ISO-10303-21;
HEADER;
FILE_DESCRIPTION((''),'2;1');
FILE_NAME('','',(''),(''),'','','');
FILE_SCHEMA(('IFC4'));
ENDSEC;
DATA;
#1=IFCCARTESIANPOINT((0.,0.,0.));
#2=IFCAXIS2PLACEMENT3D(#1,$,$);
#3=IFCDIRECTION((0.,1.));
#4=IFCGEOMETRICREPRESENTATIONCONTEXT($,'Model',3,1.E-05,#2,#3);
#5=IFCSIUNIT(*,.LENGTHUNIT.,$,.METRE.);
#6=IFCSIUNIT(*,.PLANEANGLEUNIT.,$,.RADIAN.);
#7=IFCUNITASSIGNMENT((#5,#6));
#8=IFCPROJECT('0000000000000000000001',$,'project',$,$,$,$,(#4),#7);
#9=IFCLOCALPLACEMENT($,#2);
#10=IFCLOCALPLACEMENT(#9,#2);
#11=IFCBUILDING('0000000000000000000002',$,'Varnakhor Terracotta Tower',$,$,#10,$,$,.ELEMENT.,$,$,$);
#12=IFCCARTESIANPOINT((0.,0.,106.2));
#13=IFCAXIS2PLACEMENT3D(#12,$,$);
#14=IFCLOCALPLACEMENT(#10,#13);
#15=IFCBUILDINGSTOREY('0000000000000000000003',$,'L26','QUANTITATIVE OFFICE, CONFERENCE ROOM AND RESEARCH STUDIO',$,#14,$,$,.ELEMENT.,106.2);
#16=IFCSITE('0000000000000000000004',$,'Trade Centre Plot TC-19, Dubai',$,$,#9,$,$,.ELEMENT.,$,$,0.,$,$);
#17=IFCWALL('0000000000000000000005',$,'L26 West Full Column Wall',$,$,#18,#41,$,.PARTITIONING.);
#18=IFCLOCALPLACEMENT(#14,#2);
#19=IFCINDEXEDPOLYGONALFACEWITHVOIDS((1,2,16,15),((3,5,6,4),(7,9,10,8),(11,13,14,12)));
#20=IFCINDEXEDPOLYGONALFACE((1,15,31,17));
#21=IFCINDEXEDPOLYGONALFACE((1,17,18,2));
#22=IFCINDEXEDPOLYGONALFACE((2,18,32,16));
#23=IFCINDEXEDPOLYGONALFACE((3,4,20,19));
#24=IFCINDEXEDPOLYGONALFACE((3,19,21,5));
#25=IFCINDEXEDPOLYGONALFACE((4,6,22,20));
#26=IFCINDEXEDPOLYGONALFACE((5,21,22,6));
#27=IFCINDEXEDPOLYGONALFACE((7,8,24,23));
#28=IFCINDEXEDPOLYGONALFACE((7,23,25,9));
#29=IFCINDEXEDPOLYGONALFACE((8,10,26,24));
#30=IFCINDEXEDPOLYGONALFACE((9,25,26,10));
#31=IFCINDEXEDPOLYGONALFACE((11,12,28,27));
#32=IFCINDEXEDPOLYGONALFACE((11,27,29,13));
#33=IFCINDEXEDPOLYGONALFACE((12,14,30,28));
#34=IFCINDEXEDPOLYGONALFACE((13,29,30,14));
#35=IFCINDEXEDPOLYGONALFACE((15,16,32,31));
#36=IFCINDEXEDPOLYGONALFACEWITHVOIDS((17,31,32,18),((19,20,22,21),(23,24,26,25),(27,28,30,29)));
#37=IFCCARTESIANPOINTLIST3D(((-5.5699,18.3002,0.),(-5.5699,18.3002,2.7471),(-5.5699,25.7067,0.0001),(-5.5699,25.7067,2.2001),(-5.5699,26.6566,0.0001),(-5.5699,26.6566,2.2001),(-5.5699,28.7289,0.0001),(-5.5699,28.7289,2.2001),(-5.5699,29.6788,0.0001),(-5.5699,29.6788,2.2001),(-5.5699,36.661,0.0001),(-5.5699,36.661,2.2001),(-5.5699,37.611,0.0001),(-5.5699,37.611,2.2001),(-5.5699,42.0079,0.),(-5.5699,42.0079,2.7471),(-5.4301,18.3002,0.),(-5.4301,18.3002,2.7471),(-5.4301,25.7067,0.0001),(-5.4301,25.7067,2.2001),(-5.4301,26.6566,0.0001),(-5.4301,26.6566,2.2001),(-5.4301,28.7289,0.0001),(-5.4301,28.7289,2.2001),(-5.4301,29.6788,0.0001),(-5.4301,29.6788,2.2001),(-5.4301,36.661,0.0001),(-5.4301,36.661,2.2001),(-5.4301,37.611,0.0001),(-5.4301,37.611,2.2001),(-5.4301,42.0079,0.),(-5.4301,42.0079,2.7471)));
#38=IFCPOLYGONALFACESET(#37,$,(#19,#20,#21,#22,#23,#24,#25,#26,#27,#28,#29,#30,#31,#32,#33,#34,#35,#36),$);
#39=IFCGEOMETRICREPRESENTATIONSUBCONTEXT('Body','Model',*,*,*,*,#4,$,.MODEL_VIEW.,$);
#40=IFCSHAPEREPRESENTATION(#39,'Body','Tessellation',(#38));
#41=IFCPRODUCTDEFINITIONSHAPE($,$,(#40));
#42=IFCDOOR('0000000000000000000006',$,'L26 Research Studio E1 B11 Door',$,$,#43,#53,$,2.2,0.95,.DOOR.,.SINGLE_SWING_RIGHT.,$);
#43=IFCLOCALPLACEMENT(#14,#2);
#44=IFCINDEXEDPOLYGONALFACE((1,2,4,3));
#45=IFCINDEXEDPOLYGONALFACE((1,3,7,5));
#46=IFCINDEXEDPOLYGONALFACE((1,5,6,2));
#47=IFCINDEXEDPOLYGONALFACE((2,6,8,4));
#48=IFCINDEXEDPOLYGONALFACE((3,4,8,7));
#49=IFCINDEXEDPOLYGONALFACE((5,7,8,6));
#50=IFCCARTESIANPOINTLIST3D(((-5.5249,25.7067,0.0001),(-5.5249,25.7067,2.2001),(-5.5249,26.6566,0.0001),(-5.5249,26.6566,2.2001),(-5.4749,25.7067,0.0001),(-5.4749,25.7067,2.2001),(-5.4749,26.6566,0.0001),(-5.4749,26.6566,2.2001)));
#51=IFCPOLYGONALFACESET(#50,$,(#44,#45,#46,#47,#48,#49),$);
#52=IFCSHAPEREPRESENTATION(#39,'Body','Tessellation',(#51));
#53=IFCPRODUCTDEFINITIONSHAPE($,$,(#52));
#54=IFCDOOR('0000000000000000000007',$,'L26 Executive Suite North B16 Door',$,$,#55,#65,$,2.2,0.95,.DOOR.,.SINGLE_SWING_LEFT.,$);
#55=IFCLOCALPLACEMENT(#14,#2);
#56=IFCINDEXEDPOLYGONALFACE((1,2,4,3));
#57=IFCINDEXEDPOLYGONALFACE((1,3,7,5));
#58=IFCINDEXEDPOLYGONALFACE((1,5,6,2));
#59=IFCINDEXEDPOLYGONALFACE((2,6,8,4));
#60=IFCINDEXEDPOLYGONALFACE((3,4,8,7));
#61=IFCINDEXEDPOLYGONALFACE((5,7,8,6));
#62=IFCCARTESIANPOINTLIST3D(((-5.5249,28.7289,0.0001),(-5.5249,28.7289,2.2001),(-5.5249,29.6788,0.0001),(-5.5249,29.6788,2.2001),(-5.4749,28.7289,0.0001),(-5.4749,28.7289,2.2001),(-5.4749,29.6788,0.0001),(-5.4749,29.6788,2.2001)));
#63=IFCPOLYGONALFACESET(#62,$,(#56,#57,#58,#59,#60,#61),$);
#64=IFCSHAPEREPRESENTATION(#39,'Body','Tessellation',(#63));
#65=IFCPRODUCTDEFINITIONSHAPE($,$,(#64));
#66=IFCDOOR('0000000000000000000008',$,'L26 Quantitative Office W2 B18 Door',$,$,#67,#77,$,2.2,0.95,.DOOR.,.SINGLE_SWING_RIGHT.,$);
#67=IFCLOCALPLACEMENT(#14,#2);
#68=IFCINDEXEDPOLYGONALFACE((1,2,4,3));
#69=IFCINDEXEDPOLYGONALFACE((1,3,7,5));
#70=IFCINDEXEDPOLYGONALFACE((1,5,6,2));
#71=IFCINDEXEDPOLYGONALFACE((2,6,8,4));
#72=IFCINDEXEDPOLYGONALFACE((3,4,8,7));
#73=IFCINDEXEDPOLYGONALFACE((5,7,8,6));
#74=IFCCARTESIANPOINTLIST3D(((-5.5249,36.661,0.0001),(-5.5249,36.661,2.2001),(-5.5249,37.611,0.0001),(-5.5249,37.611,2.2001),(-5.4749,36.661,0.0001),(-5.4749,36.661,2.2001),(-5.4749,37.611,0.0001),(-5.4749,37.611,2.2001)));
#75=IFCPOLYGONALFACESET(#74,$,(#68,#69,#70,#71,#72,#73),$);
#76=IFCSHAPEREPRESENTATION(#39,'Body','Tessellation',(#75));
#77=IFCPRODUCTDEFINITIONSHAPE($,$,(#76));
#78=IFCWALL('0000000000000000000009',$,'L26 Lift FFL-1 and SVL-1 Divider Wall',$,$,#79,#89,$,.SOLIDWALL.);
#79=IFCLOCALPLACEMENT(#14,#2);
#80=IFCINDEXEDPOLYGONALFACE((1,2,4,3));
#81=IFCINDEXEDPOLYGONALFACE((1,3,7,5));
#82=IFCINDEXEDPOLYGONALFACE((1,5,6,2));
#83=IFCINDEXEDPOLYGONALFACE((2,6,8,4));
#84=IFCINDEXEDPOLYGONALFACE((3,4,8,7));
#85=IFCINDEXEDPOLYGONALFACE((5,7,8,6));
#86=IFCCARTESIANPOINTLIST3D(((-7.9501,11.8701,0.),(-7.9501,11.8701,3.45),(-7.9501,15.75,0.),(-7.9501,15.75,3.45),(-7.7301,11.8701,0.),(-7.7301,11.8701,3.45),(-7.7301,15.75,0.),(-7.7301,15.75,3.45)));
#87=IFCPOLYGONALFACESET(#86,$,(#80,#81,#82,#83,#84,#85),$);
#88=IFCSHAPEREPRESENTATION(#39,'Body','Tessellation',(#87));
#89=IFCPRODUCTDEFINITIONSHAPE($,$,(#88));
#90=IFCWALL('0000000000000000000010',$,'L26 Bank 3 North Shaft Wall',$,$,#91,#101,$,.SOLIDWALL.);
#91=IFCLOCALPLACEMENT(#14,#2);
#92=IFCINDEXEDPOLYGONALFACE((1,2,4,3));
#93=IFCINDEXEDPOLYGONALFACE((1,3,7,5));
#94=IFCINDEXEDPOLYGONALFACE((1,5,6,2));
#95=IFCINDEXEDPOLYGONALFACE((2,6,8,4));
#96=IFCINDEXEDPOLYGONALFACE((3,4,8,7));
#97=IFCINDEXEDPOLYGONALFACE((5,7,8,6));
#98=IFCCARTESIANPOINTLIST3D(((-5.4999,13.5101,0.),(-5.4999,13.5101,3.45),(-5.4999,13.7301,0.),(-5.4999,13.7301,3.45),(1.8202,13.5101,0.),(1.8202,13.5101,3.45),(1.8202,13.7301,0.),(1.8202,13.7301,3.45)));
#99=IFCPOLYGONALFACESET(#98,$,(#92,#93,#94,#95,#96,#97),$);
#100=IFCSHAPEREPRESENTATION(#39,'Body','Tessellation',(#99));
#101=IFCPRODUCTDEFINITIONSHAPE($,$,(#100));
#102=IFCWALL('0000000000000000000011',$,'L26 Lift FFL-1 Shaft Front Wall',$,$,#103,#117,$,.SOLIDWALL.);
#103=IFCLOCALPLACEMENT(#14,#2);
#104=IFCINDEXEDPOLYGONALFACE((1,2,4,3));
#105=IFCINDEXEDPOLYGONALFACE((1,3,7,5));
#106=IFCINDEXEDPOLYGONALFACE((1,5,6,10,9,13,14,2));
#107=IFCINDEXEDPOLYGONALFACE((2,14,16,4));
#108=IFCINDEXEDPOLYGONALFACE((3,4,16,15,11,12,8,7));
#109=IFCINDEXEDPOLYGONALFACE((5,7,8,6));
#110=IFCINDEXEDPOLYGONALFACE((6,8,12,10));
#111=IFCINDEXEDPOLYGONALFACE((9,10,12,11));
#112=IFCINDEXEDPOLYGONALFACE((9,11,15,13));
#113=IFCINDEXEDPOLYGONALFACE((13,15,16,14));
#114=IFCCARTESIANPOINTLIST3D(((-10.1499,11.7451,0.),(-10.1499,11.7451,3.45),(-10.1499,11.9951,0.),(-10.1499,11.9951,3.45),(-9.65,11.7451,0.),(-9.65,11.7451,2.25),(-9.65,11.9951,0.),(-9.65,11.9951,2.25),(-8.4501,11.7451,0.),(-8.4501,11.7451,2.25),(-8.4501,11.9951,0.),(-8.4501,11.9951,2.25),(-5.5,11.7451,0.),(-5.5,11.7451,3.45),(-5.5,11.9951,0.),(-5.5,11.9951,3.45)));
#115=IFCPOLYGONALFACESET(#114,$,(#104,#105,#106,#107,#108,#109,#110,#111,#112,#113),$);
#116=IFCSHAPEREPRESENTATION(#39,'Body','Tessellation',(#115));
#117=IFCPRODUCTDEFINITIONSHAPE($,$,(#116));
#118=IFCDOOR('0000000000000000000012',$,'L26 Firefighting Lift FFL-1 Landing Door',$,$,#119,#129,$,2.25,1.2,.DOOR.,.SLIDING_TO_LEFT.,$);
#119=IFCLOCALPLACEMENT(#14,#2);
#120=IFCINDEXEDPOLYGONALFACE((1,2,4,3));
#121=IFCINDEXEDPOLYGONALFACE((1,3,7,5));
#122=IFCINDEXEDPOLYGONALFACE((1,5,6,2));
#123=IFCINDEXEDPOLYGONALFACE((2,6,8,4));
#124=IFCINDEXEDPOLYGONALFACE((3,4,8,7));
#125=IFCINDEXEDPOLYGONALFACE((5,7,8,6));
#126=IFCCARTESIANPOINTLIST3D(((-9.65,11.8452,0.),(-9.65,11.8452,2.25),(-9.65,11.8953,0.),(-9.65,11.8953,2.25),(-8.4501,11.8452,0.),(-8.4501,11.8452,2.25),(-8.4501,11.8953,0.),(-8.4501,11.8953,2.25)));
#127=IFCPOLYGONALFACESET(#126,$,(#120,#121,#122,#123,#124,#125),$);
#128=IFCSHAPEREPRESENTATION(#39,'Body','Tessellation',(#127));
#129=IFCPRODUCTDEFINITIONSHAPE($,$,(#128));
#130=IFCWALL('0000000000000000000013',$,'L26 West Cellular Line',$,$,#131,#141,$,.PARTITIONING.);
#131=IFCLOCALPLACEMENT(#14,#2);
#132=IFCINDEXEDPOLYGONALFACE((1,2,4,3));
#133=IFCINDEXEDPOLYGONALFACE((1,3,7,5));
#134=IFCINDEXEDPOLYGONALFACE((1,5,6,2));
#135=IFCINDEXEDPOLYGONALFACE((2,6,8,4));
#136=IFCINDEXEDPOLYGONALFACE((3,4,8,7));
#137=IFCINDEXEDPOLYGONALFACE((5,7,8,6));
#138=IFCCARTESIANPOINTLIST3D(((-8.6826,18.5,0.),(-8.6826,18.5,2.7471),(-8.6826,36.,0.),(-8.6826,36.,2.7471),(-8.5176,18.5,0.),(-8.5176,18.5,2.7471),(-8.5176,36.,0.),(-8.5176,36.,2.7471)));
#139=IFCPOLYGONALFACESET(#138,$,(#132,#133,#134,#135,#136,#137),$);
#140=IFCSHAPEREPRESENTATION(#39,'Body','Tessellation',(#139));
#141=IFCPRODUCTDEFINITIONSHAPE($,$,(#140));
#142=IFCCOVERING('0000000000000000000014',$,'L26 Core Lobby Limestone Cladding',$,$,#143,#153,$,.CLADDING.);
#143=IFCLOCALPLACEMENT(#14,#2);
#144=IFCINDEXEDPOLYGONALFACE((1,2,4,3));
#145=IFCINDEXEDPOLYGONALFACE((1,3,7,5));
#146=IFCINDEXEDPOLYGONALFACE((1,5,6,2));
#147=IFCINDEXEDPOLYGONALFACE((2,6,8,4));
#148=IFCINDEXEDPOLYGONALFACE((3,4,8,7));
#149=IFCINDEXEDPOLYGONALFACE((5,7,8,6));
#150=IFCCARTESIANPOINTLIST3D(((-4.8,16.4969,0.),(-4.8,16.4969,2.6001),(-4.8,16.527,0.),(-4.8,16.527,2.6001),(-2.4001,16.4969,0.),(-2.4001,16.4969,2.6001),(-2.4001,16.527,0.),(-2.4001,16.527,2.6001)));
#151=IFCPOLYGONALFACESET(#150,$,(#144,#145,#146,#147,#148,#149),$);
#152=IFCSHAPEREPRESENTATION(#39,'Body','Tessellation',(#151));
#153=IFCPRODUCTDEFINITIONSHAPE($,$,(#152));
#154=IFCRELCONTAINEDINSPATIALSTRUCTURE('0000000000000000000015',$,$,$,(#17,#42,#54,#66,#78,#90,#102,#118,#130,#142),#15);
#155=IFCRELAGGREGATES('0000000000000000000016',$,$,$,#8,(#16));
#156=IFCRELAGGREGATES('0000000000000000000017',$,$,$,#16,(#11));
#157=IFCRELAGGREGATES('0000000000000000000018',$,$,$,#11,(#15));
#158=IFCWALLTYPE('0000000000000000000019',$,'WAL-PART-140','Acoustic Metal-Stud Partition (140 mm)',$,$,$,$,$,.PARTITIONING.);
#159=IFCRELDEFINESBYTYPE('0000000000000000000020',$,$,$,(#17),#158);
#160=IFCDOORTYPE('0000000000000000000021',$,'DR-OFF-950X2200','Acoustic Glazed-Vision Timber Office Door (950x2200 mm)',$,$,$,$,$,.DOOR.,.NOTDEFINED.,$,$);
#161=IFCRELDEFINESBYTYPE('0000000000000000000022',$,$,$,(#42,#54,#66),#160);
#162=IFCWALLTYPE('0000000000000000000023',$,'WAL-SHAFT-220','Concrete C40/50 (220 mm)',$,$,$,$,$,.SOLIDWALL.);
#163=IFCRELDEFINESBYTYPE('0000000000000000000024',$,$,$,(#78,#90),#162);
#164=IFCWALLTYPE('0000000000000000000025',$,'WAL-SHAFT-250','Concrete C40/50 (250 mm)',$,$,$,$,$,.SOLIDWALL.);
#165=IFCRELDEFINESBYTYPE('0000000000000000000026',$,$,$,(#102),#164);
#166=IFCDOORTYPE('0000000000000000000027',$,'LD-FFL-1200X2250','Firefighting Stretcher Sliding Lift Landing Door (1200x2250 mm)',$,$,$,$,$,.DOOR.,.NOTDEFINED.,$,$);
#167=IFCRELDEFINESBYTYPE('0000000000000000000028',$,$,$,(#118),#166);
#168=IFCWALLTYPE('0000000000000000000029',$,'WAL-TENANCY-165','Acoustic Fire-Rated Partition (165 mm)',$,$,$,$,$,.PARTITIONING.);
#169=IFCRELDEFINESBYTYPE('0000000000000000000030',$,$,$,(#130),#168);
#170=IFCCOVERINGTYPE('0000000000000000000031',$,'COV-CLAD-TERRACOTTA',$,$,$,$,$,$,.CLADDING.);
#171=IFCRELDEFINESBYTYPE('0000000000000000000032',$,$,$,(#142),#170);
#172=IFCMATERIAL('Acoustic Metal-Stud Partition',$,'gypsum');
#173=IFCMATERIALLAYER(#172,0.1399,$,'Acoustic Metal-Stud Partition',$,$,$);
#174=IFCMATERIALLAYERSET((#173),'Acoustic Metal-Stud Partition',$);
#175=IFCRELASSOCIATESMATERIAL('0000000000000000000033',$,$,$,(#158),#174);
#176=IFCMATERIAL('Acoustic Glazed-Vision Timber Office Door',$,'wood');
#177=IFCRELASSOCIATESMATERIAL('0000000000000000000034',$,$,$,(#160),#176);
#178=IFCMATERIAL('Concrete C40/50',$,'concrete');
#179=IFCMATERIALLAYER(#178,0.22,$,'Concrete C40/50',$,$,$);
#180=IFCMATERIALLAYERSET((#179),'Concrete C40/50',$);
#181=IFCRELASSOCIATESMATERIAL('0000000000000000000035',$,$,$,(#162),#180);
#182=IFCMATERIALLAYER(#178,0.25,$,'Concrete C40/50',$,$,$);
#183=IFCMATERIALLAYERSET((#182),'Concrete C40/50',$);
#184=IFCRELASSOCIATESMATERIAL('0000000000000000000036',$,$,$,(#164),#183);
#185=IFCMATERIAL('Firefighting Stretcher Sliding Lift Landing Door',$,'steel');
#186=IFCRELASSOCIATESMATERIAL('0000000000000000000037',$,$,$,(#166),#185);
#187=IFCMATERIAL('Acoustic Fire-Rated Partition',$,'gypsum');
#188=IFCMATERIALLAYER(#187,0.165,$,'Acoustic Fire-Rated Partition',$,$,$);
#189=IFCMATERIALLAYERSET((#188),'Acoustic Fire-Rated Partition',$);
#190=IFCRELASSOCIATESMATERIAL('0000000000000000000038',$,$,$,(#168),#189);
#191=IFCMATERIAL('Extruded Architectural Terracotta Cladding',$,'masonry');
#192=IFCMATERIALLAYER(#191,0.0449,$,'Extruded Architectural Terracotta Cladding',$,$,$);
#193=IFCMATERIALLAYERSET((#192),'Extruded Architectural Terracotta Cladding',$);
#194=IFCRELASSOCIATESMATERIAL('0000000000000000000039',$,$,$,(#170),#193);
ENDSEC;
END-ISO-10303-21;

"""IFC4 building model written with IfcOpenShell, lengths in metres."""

from ifc_helpers import new_model, si_unit, direction, frame, frame_2d, origin, origin_2d, place, context, subcontext, project, spatial, rectangle, extrude, source, transform, mapped, material, layer, layer_set, type_object, type_shapes, element, fill, save


model = new_model("IFC4")

# Units and contexts
model_context = context("Model", 3, precision=1e-05, world=origin(), true_north=direction((0.0, 1.0)))
body_context = subcontext(model_context, "Body", "Model", "MODEL_VIEW")
ifc_project = project(units=[si_unit("LENGTHUNIT", "METRE"), si_unit("PLANEANGLEUNIT", "RADIAN")], contexts=[model_context])

# Site, building, storey
site_placement = place(None, origin())
site = spatial("IfcSite", under=ifc_project, at=site_placement, Name="Trade Centre Plot TC-19, Dubai", CompositionType="ELEMENT", RefElevation=0.0)
building_placement = place(site_placement, origin())
building = spatial("IfcBuilding", under=site, at=building_placement, Name="Varnakhor Terracotta Tower", CompositionType="ELEMENT")
storey_placement = place(building_placement, frame((0.0, 0.0, 106.2)))
storey = spatial("IfcBuildingStorey", under=building, at=storey_placement, Name="L26", Description="QUANTITATIVE OFFICE, CONFERENCE ROOM AND RESEARCH STUDIO", CompositionType="ELEMENT", Elevation=106.2)

# Wall, openings, doors
ifc_material_1 = material(Name="Acoustic Metal-Stud Partition", Category="gypsum")
ifc_layer_1 = layer(ifc_material_1, 0.1399, Name="Acoustic Metal-Stud Partition")
ifc_layer_set_1 = layer_set([ifc_layer_1], Name="Acoustic Metal-Stud Partition")
wall_type_1 = type_object("IfcWallType", Name="WAL-PART-140", Description="Acoustic Metal-Stud Partition (140 mm)", PredefinedType="PARTITIONING", material=ifc_layer_set_1)
wall_1_placement = place(storey_placement, frame((-5.5, 18.3, 0.0), z_axis=(0.0, 0.0, 1.0), x_axis=(0.0, 1.0, 0.0)))
wall_1 = element("IfcWall", 1, at=wall_1_placement, inside=storey, type_object=wall_type_1, Name="L26 West Full Column Wall", PredefinedType="PARTITIONING", context=body_context, shape_type="SweptSolid", body=[
    extrude(rectangle(XDim=23.7078, YDim=0.1399, at=frame_2d((11.854, 0.0))), origin(), (0.0, 0.0, 1.0), 2.7471),
])
opening_1_placement = place(wall_1_placement, frame((7.4065, 0.0, 0.0)))
opening_1 = element("IfcOpeningElement", 2, at=opening_1_placement, cuts=wall_1, PredefinedType="OPENING", context=body_context, shape_type="SweptSolid", body=[
    extrude(rectangle(XDim=0.95, YDim=2.2, at=frame_2d((0.4751, 1.1001))), frame((0.0, 0.0801, 0.0), z_axis=(0.0, -1.0, 0.0), x_axis=(1.0, 0.0, 0.0)), (0.0, 0.0, 1.0), 0.1599),
])
opening_2_placement = place(wall_1_placement, frame((10.4287, 0.0, 0.0)))
opening_2 = element("IfcOpeningElement", 3, at=opening_2_placement, cuts=wall_1, PredefinedType="OPENING", context=body_context, shape_type="SweptSolid", body=[
    extrude(rectangle(XDim=0.95, YDim=2.2, at=frame_2d((0.4751, 1.1001))), frame((0.0, 0.0801, 0.0), z_axis=(0.0, -1.0, 0.0), x_axis=(1.0, 0.0, 0.0)), (0.0, 0.0, 1.0), 0.1599),
])
opening_3_placement = place(wall_1_placement, frame((18.3608, 0.0, 0.0)))
opening_3 = element("IfcOpeningElement", 4, at=opening_3_placement, cuts=wall_1, PredefinedType="OPENING", context=body_context, shape_type="SweptSolid", body=[
    extrude(rectangle(XDim=0.95, YDim=2.2, at=frame_2d((0.4751, 1.1001))), frame((0.0, 0.0801, 0.0), z_axis=(0.0, -1.0, 0.0), x_axis=(1.0, 0.0, 0.0)), (0.0, 0.0, 1.0), 0.1599),
])
ifc_material_2 = material(Name="Acoustic Glazed-Vision Timber Office Door", Category="wood")
door_type_1 = type_object("IfcDoorType", Name="DR-OFF-950X2200", Description="Acoustic Glazed-Vision Timber Office Door (950x2200 mm)", OperationType="NOTDEFINED", PredefinedType="DOOR", material=ifc_material_2)
shared_shape_1 = source(origin(), body_context, "Body", "SweptSolid", [
    extrude(rectangle(XDim=0.95, YDim=2.2, at=frame_2d((0.4751, 1.1001))), frame((0.0, 0.0249, 0.0), z_axis=(0.0, -1.0, 0.0), x_axis=(1.0, 0.0, 0.0)), (0.0, 0.0, 1.0), 0.05),
])
type_shapes(door_type_1, [shared_shape_1])
door_1_placement = place(opening_1_placement, origin())
door_1 = element("IfcDoor", 5, at=door_1_placement, inside=storey, type_object=door_type_1, Name="L26 Research Studio E1 B11 Door", OperationType="SINGLE_SWING_RIGHT", OverallHeight=2.2, OverallWidth=0.95, PredefinedType="DOOR", context=body_context, shape_type="MappedRepresentation", body=[
    mapped(shared_shape_1, transform((0.0, 0.0, 0.0), scale=1.0)),
])
fill(opening_1, door_1)
door_2_placement = place(opening_2_placement, origin())
door_2 = element("IfcDoor", 6, at=door_2_placement, inside=storey, type_object=door_type_1, Name="L26 Executive Suite North B16 Door", OperationType="SINGLE_SWING_LEFT", OverallHeight=2.2, OverallWidth=0.95, PredefinedType="DOOR", context=body_context, shape_type="MappedRepresentation", body=[
    mapped(shared_shape_1, transform((0.0, 0.0, 0.0), scale=1.0)),
])
fill(opening_2, door_2)
door_3_placement = place(opening_3_placement, origin())
door_3 = element("IfcDoor", 7, at=door_3_placement, inside=storey, type_object=door_type_1, Name="L26 Quantitative Office W2 B18 Door", OperationType="SINGLE_SWING_RIGHT", OverallHeight=2.2, OverallWidth=0.95, PredefinedType="DOOR", context=body_context, shape_type="MappedRepresentation", body=[
    mapped(shared_shape_1, transform((0.0, 0.0, 0.0), scale=1.0)),
])
fill(opening_3, door_3)

# Walls
ifc_material_3 = material(Name="Concrete C40/50", Category="concrete")
ifc_layer_2 = layer(ifc_material_3, 0.22, Name="Concrete C40/50")
ifc_layer_set_2 = layer_set([ifc_layer_2], Name="Concrete C40/50")
wall_type_2 = type_object("IfcWallType", Name="WAL-SHAFT-220", Description="Concrete C40/50 (220 mm)", PredefinedType="SOLIDWALL", material=ifc_layer_set_2)
wall_2_placement = place(storey_placement, frame((-7.8401, 11.8701, 0.0), z_axis=(0.0, 0.0, 1.0), x_axis=(0.0, 1.0, 0.0)))
element("IfcWall", 8, at=wall_2_placement, inside=storey, type_object=wall_type_2, Name="L26 Lift FFL-1 and SVL-1 Divider Wall", PredefinedType="SOLIDWALL", context=body_context, shape_type="SweptSolid", body=[
    extrude(rectangle(XDim=3.8799, YDim=0.22, at=frame_2d((1.9399, 0.0))), origin(), (0.0, 0.0, 1.0), 3.45),
])
wall_3_placement = place(storey_placement, frame((-5.5, 13.6201, 0.0), z_axis=(0.0, 0.0, 1.0), x_axis=(1.0, 0.0, 0.0)))
element("IfcWall", 9, at=wall_3_placement, inside=storey, type_object=wall_type_2, Name="L26 Bank 3 North Shaft Wall", PredefinedType="SOLIDWALL", context=body_context, shape_type="SweptSolid", body=[
    extrude(rectangle(XDim=7.3201, YDim=0.22, at=frame_2d((3.6602, 0.0))), origin(), (0.0, 0.0, 1.0), 3.45),
])

# Wall, opening, door
ifc_layer_3 = layer(ifc_material_3, 0.25, Name="Concrete C40/50")
ifc_layer_set_3 = layer_set([ifc_layer_3], Name="Concrete C40/50")
wall_type_3 = type_object("IfcWallType", Name="WAL-SHAFT-250", Description="Concrete C40/50 (250 mm)", PredefinedType="SOLIDWALL", material=ifc_layer_set_3)
wall_4_placement = place(storey_placement, frame((-5.5, 11.8701, 0.0), z_axis=(0.0, 0.0, 1.0), x_axis=(-1.0, 0.0, 0.0)))
wall_4 = element("IfcWall", 10, at=wall_4_placement, inside=storey, type_object=wall_type_3, Name="L26 Lift FFL-1 Shaft Front Wall", PredefinedType="SOLIDWALL", context=body_context, shape_type="SweptSolid", body=[
    extrude(rectangle(XDim=4.6499, YDim=0.25, at=frame_2d((2.325, 0.0))), origin(), (0.0, 0.0, 1.0), 3.45),
])
opening_4_placement = place(wall_4_placement, frame((2.95, 0.0, 0.0)))
opening_4 = element("IfcOpeningElement", 11, at=opening_4_placement, cuts=wall_4, PredefinedType="OPENING", context=body_context, shape_type="SweptSolid", body=[
    extrude(rectangle(XDim=1.2, YDim=2.25, at=frame_2d((0.6001, 1.125))), frame((0.0, 0.135, 0.0), z_axis=(0.0, -1.0, 0.0), x_axis=(1.0, 0.0, 0.0)), (0.0, 0.0, 1.0), 0.27),
])
ifc_material_4 = material(Name="Firefighting Stretcher Sliding Lift Landing Door", Category="steel")
door_type_2 = type_object("IfcDoorType", Name="LD-FFL-1200X2250", Description="Firefighting Stretcher Sliding Lift Landing Door (1200x2250 mm)", OperationType="NOTDEFINED", PredefinedType="DOOR", material=ifc_material_4)
shared_shape_2 = source(origin(), body_context, "Body", "SweptSolid", [
    extrude(rectangle(XDim=1.2, YDim=2.25, at=frame_2d((0.6001, 1.125))), frame((0.0, 0.0249, 0.0), z_axis=(0.0, -1.0, 0.0), x_axis=(1.0, 0.0, 0.0)), (0.0, 0.0, 1.0), 0.05),
])
type_shapes(door_type_2, [shared_shape_2])
door_4_placement = place(opening_4_placement, origin())
door_4 = element("IfcDoor", 12, at=door_4_placement, inside=storey, type_object=door_type_2, Name="L26 Firefighting Lift FFL-1 Landing Door", OperationType="SLIDING_TO_LEFT", OverallHeight=2.25, OverallWidth=1.2, PredefinedType="DOOR", context=body_context, shape_type="MappedRepresentation", body=[
    mapped(shared_shape_2, transform((0.0, 0.0, 0.0), scale=1.0)),
])
fill(opening_4, door_4)

# Wall
ifc_material_5 = material(Name="Acoustic Fire-Rated Partition", Category="gypsum")
ifc_layer_4 = layer(ifc_material_5, 0.165, Name="Acoustic Fire-Rated Partition")
ifc_layer_set_4 = layer_set([ifc_layer_4], Name="Acoustic Fire-Rated Partition")
wall_type_4 = type_object("IfcWallType", Name="WAL-TENANCY-165", Description="Acoustic Fire-Rated Partition (165 mm)", PredefinedType="PARTITIONING", material=ifc_layer_set_4)
wall_5_placement = place(storey_placement, frame((-8.6001, 18.5, 0.0), z_axis=(0.0, 0.0, 1.0), x_axis=(0.0, 1.0, 0.0)))
element("IfcWall", 13, at=wall_5_placement, inside=storey, type_object=wall_type_4, Name="L26 West Cellular Line", PredefinedType="PARTITIONING", context=body_context, shape_type="SweptSolid", body=[
    extrude(rectangle(XDim=17.5, YDim=0.165, at=frame_2d((8.75, 0.0))), origin(), (0.0, 0.0, 1.0), 2.7471),
])

# Covering
ifc_material_6 = material(Name="Extruded Architectural Terracotta Cladding", Category="masonry")
ifc_layer_5 = layer(ifc_material_6, 0.0449, Name="Extruded Architectural Terracotta Cladding")
ifc_layer_set_5 = layer_set([ifc_layer_5], Name="Extruded Architectural Terracotta Cladding")
covering_type_1 = type_object("IfcCoveringType", Name="COV-CLAD-TERRACOTTA", PredefinedType="CLADDING", material=ifc_layer_set_5)
shared_shape_3 = source(origin(), body_context, "Body", "SweptSolid", [
    extrude(rectangle(XDim=2.3999, YDim=0.03, at=origin_2d()), origin(), (0.0, 0.0, 1.0), 2.6001),
])
type_shapes(covering_type_1, [shared_shape_3])
covering_1_placement = place(storey_placement, frame((-3.6001, 16.512, 0.0), z_axis=(0.0, 0.0, 1.0), x_axis=(1.0, 0.0, 0.0)))
element("IfcCovering", 14, at=covering_1_placement, inside=storey, type_object=covering_type_1, Name="L26 Core Lobby Limestone Cladding", PredefinedType="CLADDING", context=body_context, shape_type="MappedRepresentation", body=[
    mapped(shared_shape_3, transform((0.0, 0.0, 0.0), scale=1.0)),
])

save(model, "model.ifc")
